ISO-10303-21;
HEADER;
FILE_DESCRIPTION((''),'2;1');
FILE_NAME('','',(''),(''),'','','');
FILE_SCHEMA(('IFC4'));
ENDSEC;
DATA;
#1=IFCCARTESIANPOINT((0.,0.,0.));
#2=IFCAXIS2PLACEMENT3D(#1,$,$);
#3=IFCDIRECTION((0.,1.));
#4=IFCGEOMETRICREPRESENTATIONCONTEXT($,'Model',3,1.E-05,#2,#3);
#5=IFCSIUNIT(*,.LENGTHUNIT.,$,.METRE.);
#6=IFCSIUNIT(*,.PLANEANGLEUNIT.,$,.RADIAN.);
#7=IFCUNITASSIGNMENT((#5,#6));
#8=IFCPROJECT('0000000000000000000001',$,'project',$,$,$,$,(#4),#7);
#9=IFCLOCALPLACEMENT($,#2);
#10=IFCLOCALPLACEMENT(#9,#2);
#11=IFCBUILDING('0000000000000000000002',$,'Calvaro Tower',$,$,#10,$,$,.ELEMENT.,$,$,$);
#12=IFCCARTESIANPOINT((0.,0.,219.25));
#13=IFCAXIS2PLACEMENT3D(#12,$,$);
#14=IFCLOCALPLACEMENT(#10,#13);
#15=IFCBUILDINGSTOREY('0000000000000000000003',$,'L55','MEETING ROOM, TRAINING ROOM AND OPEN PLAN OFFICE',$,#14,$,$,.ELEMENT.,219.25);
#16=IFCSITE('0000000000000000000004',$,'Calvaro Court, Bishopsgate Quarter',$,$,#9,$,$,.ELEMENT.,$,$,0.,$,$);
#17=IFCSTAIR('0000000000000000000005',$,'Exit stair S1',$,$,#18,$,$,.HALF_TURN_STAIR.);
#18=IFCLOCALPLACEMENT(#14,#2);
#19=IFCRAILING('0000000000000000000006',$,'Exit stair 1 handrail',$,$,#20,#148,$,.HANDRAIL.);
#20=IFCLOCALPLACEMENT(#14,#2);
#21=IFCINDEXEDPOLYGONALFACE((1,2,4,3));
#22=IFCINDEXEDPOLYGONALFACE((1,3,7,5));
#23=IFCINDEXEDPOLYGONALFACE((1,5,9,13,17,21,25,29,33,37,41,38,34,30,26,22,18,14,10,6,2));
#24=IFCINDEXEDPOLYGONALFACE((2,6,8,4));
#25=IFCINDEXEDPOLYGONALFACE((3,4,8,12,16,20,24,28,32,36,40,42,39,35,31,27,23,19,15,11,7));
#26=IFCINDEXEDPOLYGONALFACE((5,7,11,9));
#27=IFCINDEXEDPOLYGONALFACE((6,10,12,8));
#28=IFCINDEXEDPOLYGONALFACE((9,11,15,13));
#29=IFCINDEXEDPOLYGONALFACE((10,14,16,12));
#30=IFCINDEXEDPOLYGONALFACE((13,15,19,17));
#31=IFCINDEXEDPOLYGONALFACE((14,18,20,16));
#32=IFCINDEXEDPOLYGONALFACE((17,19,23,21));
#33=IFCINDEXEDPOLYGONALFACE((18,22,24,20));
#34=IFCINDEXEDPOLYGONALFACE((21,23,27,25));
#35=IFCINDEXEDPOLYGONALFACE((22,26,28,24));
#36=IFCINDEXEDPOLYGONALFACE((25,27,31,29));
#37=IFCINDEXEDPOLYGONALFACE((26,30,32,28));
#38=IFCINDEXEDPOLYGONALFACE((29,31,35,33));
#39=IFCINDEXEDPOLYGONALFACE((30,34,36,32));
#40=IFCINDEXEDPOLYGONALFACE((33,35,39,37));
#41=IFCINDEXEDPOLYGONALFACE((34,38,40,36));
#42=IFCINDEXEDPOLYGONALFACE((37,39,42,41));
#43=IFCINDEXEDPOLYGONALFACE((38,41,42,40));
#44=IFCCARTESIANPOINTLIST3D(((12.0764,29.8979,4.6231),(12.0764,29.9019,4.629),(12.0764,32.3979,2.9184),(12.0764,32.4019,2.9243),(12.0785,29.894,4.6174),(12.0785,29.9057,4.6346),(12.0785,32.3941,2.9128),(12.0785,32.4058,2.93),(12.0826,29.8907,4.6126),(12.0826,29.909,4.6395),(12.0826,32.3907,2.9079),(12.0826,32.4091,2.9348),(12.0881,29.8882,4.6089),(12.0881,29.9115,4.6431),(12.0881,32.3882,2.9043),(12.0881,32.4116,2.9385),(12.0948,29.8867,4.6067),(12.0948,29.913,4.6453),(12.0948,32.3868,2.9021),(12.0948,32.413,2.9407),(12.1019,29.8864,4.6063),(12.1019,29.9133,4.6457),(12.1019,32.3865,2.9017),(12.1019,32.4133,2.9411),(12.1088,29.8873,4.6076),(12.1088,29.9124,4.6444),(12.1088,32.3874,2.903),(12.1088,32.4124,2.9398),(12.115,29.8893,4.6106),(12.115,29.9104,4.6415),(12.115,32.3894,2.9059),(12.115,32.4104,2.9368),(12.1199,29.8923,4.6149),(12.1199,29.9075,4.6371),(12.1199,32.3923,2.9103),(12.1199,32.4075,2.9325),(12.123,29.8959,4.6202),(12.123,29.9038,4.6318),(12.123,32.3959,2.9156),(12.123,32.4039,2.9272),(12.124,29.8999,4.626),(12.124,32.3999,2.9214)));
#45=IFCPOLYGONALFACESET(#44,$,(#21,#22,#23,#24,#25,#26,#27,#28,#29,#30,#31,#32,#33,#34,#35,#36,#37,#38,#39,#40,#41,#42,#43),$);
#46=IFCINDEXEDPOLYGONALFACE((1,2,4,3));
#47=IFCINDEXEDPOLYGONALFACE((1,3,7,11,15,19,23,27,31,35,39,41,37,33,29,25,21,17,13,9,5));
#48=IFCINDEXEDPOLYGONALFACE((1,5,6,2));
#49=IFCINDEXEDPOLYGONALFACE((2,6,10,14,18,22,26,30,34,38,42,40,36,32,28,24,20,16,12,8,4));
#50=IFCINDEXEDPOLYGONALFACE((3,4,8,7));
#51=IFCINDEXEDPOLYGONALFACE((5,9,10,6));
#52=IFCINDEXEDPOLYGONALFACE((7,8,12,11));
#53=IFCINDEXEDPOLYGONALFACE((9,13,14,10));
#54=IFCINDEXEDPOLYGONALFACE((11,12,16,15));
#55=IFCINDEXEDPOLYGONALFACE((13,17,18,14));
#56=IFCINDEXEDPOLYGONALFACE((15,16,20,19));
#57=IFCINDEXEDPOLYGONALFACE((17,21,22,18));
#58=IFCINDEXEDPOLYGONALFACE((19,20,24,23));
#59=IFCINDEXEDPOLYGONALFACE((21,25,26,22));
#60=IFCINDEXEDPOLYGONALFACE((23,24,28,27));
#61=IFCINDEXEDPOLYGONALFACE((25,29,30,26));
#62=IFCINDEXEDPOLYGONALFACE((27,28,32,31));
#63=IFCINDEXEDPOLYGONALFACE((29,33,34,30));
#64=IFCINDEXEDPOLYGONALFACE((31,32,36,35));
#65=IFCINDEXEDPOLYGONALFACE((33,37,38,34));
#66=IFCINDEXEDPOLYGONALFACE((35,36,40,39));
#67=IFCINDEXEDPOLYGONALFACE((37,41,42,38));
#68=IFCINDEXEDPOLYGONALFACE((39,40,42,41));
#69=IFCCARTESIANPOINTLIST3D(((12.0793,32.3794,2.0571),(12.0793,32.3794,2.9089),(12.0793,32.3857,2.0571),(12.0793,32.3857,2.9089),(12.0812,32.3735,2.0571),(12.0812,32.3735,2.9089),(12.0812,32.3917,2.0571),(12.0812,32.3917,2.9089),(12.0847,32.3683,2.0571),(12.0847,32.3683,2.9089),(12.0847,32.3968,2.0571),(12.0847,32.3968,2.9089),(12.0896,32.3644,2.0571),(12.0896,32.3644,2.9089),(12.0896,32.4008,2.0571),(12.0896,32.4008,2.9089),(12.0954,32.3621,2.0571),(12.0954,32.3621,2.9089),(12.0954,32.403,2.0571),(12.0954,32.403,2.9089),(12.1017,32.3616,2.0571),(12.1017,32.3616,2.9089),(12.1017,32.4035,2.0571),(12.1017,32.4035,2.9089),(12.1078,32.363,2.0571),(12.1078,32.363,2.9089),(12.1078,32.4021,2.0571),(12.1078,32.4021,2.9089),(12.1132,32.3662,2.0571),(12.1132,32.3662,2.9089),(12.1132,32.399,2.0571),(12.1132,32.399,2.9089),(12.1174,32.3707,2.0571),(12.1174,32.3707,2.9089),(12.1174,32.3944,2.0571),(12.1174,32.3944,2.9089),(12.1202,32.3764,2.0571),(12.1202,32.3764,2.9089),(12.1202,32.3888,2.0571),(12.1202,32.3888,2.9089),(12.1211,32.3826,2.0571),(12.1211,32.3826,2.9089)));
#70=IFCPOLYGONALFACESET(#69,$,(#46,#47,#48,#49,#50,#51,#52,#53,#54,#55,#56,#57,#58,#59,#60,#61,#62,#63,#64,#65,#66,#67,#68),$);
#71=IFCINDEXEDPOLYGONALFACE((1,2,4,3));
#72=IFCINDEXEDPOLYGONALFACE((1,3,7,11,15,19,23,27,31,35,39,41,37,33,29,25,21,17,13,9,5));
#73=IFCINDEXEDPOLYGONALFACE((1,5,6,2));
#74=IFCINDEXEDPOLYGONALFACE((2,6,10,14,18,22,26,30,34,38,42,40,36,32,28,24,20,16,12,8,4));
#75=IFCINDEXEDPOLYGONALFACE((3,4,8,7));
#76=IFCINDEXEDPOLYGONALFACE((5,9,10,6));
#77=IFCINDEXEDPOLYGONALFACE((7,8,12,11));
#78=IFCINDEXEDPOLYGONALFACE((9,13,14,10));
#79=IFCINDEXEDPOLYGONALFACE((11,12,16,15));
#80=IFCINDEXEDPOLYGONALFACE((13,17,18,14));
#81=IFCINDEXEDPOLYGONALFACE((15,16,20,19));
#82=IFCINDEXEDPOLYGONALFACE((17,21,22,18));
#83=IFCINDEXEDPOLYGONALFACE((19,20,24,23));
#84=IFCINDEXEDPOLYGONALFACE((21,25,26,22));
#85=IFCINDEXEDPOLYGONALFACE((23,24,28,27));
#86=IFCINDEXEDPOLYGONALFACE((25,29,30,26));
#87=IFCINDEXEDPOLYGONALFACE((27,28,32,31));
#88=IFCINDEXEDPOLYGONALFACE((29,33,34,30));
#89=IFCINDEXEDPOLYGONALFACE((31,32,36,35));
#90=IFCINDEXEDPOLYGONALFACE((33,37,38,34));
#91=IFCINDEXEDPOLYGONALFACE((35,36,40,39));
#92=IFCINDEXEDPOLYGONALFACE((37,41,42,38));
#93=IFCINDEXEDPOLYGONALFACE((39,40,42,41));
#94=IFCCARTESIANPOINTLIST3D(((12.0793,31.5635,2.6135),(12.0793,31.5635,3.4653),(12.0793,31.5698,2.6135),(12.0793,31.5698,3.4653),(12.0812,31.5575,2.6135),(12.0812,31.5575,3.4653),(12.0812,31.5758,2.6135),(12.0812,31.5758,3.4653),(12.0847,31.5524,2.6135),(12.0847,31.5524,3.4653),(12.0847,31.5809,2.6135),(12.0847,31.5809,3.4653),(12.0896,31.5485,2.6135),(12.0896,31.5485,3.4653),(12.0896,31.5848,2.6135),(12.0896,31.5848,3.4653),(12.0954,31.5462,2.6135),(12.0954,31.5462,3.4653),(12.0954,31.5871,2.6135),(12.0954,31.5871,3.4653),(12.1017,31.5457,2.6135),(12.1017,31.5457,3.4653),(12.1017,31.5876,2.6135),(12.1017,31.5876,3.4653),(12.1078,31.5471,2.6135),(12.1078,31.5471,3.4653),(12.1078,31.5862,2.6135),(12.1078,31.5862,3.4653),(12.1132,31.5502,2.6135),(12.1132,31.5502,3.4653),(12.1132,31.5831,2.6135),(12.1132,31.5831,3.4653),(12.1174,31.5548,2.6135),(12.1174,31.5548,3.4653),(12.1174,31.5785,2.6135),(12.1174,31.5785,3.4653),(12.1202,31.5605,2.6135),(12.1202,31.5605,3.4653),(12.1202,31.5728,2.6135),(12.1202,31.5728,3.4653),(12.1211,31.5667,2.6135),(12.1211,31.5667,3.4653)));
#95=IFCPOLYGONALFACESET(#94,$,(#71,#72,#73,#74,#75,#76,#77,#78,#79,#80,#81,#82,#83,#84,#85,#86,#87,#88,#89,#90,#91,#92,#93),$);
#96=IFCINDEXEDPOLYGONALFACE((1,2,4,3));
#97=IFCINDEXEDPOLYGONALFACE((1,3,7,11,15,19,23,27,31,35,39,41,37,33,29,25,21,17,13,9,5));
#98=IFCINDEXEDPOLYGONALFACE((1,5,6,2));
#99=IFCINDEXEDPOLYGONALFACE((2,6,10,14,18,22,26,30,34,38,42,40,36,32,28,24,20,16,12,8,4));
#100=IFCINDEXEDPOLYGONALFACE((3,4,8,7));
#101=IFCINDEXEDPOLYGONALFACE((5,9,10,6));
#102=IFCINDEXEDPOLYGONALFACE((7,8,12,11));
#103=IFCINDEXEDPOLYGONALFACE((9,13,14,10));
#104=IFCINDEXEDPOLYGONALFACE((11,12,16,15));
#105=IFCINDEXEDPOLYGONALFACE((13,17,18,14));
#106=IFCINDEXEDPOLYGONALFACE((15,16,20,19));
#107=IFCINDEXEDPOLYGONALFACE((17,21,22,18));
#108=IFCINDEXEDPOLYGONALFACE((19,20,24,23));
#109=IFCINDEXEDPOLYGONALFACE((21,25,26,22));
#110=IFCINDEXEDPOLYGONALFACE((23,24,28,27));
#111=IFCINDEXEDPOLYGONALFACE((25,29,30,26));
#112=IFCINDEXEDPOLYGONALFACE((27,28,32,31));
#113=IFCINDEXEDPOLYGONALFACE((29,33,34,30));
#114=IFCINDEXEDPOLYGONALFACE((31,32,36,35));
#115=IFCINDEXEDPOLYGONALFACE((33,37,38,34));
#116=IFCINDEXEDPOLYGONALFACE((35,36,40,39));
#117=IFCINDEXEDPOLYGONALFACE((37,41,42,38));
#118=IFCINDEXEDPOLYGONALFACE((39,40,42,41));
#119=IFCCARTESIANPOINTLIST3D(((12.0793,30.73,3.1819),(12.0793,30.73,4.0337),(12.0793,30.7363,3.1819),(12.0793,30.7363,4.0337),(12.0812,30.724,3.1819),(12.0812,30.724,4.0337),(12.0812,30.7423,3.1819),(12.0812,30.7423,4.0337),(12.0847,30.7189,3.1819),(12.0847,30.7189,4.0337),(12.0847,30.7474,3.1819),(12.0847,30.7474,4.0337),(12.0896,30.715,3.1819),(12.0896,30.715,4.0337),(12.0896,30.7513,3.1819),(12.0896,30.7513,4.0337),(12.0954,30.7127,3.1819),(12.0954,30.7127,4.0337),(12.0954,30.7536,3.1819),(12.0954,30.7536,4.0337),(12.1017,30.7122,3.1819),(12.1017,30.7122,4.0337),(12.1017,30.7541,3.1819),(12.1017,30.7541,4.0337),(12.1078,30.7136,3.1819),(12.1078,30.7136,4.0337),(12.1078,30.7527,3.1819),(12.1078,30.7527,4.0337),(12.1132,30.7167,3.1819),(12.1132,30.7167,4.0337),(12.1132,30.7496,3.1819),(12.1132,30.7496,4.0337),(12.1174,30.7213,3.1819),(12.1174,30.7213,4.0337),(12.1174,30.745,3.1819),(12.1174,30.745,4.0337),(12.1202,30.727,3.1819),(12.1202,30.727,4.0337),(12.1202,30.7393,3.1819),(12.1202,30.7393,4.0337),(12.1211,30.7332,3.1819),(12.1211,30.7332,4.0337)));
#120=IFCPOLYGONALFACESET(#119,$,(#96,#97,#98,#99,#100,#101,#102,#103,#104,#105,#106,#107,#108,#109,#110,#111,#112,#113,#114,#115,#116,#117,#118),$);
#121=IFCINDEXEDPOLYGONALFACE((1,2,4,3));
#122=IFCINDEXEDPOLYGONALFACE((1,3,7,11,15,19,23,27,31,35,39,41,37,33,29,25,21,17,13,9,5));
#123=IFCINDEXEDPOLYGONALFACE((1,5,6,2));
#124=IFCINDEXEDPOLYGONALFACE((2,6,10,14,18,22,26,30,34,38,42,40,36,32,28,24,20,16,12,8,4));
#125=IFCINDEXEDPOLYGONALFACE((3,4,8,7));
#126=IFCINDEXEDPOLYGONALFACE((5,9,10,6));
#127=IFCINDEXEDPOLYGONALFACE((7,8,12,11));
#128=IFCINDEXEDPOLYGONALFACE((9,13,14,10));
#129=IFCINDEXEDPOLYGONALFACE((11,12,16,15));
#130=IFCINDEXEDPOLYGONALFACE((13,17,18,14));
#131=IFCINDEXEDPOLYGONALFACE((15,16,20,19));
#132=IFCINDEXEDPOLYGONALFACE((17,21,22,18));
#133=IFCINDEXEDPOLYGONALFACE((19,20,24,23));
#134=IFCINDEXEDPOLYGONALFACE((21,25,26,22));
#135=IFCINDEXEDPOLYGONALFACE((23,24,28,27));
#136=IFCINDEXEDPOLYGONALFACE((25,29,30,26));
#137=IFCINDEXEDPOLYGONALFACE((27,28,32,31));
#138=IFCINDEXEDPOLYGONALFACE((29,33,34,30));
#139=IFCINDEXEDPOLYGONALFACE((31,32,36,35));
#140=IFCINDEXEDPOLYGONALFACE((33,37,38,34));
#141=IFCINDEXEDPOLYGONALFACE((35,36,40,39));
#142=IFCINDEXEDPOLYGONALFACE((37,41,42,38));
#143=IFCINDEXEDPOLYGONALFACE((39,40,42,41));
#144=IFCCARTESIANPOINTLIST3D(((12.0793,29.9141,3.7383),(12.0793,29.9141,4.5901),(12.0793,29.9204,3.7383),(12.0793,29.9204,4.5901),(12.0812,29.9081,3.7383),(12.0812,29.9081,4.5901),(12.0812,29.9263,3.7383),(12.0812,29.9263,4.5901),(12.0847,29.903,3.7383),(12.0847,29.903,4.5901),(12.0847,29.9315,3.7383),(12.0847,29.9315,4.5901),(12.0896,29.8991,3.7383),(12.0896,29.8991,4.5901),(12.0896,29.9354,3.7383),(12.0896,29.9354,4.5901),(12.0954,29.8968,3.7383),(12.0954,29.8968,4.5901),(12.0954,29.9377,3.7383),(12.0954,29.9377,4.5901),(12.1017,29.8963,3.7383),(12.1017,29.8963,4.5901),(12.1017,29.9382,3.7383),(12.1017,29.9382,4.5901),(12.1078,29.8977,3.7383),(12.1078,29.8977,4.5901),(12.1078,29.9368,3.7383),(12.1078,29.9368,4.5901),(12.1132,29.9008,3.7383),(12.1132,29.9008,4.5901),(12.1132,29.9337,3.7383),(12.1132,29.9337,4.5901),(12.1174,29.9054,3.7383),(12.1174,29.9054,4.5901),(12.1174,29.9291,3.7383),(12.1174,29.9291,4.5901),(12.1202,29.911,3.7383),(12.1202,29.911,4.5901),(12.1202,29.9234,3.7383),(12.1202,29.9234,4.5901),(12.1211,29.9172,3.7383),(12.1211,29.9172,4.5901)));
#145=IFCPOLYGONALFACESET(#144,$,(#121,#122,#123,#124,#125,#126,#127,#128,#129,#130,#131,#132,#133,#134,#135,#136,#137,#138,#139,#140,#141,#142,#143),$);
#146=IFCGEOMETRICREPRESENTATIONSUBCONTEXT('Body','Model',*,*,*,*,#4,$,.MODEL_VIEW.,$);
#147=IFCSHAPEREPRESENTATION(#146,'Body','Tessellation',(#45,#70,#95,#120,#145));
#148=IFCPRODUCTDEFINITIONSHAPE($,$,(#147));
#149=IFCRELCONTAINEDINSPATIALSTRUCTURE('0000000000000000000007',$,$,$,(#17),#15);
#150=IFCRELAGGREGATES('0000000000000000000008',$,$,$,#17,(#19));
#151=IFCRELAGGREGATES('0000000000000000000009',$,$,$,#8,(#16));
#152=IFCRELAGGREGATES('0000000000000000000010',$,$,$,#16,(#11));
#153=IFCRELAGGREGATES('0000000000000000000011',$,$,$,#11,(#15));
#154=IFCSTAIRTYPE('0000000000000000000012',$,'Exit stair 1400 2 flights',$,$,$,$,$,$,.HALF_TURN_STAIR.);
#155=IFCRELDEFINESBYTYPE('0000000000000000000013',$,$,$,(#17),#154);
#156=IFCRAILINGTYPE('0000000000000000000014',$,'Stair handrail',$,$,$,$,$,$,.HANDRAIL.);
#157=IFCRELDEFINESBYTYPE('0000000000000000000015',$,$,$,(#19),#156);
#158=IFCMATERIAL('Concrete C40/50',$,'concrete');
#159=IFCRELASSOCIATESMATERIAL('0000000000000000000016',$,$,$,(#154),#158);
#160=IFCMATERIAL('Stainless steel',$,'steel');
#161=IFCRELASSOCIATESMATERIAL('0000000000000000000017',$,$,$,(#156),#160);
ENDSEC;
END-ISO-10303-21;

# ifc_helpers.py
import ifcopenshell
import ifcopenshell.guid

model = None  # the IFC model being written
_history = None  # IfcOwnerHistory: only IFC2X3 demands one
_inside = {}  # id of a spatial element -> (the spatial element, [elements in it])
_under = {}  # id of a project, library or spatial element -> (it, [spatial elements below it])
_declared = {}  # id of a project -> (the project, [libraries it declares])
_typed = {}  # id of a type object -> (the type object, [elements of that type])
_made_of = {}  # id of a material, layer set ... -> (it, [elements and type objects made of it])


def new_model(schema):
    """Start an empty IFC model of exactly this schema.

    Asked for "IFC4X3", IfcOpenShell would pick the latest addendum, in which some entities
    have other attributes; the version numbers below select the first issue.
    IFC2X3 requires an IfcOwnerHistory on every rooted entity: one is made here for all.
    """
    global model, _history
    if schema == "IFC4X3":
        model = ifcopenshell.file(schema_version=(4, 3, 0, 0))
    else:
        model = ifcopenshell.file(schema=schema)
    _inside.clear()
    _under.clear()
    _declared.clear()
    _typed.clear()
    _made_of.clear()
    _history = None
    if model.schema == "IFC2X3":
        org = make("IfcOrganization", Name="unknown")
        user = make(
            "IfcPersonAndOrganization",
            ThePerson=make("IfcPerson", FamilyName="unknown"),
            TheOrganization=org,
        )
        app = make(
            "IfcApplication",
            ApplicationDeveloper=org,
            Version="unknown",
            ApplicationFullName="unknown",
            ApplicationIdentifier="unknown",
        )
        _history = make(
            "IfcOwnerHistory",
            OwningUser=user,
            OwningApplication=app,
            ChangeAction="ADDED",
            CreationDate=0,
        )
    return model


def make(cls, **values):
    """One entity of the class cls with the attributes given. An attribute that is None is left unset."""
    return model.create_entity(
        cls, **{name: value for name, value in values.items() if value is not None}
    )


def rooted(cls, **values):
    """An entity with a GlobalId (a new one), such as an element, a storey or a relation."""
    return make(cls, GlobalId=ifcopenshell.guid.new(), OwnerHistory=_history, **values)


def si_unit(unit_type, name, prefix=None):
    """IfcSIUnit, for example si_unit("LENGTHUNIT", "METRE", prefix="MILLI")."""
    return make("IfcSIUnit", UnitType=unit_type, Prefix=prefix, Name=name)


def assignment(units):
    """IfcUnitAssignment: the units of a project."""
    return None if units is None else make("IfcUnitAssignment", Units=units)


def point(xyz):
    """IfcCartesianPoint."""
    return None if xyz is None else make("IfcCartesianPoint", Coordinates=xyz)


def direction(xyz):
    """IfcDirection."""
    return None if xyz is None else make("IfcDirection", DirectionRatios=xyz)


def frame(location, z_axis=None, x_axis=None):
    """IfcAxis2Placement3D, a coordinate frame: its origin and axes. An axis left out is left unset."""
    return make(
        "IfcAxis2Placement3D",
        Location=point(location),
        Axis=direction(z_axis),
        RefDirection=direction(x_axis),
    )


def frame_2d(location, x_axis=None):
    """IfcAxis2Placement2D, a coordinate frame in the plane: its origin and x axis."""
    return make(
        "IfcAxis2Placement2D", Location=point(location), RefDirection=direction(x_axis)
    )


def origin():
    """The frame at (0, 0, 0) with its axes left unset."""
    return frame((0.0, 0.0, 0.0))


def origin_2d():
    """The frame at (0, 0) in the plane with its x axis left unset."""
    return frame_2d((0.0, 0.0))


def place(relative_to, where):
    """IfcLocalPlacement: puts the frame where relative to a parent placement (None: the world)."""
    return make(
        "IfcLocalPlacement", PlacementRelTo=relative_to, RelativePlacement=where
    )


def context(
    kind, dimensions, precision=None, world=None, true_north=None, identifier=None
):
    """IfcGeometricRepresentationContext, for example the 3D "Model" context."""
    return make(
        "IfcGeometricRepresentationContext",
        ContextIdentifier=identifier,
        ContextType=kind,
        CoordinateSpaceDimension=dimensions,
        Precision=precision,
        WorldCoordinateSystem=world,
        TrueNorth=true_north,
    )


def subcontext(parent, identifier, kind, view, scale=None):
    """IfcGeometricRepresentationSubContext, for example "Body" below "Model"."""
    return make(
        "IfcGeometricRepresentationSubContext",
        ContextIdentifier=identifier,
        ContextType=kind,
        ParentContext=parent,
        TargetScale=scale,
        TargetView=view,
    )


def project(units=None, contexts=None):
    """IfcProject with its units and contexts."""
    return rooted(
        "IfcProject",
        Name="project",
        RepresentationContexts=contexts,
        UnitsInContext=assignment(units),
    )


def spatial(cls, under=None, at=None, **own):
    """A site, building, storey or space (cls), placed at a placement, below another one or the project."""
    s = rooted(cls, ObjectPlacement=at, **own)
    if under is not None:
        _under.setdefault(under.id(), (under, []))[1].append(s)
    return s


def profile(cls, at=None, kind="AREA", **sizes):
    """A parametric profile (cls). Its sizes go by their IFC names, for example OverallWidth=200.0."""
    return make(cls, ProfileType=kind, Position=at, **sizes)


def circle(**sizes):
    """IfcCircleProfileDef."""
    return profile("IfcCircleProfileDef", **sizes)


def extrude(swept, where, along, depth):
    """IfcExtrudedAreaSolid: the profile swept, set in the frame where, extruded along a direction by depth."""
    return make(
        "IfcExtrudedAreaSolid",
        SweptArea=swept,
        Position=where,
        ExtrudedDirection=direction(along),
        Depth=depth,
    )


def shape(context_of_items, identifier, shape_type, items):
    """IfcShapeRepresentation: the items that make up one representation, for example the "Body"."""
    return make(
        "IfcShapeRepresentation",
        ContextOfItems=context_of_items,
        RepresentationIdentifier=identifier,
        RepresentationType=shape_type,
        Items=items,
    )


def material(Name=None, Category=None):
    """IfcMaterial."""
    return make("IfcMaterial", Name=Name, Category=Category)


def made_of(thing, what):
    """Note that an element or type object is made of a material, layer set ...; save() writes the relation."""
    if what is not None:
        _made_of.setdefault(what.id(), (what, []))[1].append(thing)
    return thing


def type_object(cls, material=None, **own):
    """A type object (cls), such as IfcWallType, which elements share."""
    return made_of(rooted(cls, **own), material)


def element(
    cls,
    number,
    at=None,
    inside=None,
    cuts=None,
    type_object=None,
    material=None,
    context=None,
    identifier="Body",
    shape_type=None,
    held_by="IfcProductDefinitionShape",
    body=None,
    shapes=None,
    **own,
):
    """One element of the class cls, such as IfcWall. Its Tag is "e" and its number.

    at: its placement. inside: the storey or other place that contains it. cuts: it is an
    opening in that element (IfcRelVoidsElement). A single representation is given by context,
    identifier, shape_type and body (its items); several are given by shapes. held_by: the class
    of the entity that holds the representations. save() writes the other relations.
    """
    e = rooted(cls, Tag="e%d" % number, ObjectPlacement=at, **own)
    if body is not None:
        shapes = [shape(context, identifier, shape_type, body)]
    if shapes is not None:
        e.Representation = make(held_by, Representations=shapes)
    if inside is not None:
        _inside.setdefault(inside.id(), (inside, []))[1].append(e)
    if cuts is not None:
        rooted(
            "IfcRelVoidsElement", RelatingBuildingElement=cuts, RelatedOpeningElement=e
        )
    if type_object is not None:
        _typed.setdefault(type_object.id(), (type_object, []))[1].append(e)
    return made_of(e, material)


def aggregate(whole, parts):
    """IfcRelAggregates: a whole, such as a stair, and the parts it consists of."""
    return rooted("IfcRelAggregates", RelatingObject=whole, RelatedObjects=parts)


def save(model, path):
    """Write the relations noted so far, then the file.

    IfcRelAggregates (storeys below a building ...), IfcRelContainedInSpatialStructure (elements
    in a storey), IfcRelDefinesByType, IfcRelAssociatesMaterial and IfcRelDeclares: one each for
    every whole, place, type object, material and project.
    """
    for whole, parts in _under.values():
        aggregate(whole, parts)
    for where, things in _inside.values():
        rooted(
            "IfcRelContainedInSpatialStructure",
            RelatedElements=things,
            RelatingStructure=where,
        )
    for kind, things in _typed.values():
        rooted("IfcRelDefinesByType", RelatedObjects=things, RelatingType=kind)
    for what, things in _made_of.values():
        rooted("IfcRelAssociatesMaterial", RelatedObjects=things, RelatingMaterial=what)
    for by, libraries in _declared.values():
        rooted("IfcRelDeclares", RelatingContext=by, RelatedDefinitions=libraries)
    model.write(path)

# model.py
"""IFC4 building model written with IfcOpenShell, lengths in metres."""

from ifc_helpers import new_model, si_unit, direction, frame, origin, origin_2d, place, context, subcontext, project, spatial, circle, extrude, material, type_object, element, aggregate, save


model = new_model("IFC4")

# Units and contexts
model_context = context("Model", 3, precision=1e-05, world=origin(), true_north=direction((0.0, 1.0)))
body_context = subcontext(model_context, "Body", "Model", "MODEL_VIEW")
ifc_project = project(units=[si_unit("LENGTHUNIT", "METRE"), si_unit("PLANEANGLEUNIT", "RADIAN")], contexts=[model_context])

# Site, building, storey
site_placement = place(None, origin())
site = spatial("IfcSite", under=ifc_project, at=site_placement, Name="Calvaro Court, Bishopsgate Quarter", CompositionType="ELEMENT", RefElevation=0.0)
building_placement = place(site_placement, origin())
building = spatial("IfcBuilding", under=site, at=building_placement, Name="Calvaro Tower", CompositionType="ELEMENT")
storey_placement = place(building_placement, frame((0.0, 0.0, 219.25)))
storey = spatial("IfcBuildingStorey", under=building, at=storey_placement, Name="L55", Description="MEETING ROOM, TRAINING ROOM AND OPEN PLAN OFFICE", CompositionType="ELEMENT", Elevation=219.25)

# Stair, railing
ifc_material_1 = material(Name="Concrete C40/50", Category="concrete")
stair_type = type_object("IfcStairType", Name="Exit stair 1400 2 flights", PredefinedType="HALF_TURN_STAIR", material=ifc_material_1)
stair_placement = place(storey_placement, origin())
stair = element("IfcStair", 1, at=stair_placement, inside=storey, type_object=stair_type, Name="Exit stair S1", PredefinedType="HALF_TURN_STAIR")
ifc_material_2 = material(Name="Stainless steel", Category="steel")
railing_type = type_object("IfcRailingType", Name="Stair handrail", PredefinedType="HANDRAIL", material=ifc_material_2)
railing_placement = place(storey_placement, frame((12.1001, 32.3999, 2.0454)))
railing = element("IfcRailing", 2, at=railing_placement, type_object=railing_type, Name="Exit stair 1 handrail", PredefinedType="HANDRAIL", context=body_context, shape_type="SweptSolid", body=[
    extrude(circle(Radius=0.0239, at=origin_2d()), frame((0.0, 0.0, 0.876), z_axis=(0.0, -0.826221, 0.563347), x_axis=(1.0, 0.0, 0.0)), (0.0, 0.0, 1.0), 3.0259),
    extrude(circle(Radius=0.021, at=origin_2d()), frame((0.0, -0.0173, 0.0117)), (0.0, 0.0, 1.0), 0.8518),
    extrude(circle(Radius=0.021, at=origin_2d()), frame((0.0, -0.8333, 0.5681)), (0.0, 0.0, 1.0), 0.8518),
    extrude(circle(Radius=0.021, at=origin_2d()), frame((0.0, -1.6667, 1.1365)), (0.0, 0.0, 1.0), 0.8518),
    extrude(circle(Radius=0.021, at=origin_2d()), frame((0.0, -2.4827, 1.6929)), (0.0, 0.0, 1.0), 0.8518),
])
aggregate(stair, [railing])

save(model, "model.ifc")
